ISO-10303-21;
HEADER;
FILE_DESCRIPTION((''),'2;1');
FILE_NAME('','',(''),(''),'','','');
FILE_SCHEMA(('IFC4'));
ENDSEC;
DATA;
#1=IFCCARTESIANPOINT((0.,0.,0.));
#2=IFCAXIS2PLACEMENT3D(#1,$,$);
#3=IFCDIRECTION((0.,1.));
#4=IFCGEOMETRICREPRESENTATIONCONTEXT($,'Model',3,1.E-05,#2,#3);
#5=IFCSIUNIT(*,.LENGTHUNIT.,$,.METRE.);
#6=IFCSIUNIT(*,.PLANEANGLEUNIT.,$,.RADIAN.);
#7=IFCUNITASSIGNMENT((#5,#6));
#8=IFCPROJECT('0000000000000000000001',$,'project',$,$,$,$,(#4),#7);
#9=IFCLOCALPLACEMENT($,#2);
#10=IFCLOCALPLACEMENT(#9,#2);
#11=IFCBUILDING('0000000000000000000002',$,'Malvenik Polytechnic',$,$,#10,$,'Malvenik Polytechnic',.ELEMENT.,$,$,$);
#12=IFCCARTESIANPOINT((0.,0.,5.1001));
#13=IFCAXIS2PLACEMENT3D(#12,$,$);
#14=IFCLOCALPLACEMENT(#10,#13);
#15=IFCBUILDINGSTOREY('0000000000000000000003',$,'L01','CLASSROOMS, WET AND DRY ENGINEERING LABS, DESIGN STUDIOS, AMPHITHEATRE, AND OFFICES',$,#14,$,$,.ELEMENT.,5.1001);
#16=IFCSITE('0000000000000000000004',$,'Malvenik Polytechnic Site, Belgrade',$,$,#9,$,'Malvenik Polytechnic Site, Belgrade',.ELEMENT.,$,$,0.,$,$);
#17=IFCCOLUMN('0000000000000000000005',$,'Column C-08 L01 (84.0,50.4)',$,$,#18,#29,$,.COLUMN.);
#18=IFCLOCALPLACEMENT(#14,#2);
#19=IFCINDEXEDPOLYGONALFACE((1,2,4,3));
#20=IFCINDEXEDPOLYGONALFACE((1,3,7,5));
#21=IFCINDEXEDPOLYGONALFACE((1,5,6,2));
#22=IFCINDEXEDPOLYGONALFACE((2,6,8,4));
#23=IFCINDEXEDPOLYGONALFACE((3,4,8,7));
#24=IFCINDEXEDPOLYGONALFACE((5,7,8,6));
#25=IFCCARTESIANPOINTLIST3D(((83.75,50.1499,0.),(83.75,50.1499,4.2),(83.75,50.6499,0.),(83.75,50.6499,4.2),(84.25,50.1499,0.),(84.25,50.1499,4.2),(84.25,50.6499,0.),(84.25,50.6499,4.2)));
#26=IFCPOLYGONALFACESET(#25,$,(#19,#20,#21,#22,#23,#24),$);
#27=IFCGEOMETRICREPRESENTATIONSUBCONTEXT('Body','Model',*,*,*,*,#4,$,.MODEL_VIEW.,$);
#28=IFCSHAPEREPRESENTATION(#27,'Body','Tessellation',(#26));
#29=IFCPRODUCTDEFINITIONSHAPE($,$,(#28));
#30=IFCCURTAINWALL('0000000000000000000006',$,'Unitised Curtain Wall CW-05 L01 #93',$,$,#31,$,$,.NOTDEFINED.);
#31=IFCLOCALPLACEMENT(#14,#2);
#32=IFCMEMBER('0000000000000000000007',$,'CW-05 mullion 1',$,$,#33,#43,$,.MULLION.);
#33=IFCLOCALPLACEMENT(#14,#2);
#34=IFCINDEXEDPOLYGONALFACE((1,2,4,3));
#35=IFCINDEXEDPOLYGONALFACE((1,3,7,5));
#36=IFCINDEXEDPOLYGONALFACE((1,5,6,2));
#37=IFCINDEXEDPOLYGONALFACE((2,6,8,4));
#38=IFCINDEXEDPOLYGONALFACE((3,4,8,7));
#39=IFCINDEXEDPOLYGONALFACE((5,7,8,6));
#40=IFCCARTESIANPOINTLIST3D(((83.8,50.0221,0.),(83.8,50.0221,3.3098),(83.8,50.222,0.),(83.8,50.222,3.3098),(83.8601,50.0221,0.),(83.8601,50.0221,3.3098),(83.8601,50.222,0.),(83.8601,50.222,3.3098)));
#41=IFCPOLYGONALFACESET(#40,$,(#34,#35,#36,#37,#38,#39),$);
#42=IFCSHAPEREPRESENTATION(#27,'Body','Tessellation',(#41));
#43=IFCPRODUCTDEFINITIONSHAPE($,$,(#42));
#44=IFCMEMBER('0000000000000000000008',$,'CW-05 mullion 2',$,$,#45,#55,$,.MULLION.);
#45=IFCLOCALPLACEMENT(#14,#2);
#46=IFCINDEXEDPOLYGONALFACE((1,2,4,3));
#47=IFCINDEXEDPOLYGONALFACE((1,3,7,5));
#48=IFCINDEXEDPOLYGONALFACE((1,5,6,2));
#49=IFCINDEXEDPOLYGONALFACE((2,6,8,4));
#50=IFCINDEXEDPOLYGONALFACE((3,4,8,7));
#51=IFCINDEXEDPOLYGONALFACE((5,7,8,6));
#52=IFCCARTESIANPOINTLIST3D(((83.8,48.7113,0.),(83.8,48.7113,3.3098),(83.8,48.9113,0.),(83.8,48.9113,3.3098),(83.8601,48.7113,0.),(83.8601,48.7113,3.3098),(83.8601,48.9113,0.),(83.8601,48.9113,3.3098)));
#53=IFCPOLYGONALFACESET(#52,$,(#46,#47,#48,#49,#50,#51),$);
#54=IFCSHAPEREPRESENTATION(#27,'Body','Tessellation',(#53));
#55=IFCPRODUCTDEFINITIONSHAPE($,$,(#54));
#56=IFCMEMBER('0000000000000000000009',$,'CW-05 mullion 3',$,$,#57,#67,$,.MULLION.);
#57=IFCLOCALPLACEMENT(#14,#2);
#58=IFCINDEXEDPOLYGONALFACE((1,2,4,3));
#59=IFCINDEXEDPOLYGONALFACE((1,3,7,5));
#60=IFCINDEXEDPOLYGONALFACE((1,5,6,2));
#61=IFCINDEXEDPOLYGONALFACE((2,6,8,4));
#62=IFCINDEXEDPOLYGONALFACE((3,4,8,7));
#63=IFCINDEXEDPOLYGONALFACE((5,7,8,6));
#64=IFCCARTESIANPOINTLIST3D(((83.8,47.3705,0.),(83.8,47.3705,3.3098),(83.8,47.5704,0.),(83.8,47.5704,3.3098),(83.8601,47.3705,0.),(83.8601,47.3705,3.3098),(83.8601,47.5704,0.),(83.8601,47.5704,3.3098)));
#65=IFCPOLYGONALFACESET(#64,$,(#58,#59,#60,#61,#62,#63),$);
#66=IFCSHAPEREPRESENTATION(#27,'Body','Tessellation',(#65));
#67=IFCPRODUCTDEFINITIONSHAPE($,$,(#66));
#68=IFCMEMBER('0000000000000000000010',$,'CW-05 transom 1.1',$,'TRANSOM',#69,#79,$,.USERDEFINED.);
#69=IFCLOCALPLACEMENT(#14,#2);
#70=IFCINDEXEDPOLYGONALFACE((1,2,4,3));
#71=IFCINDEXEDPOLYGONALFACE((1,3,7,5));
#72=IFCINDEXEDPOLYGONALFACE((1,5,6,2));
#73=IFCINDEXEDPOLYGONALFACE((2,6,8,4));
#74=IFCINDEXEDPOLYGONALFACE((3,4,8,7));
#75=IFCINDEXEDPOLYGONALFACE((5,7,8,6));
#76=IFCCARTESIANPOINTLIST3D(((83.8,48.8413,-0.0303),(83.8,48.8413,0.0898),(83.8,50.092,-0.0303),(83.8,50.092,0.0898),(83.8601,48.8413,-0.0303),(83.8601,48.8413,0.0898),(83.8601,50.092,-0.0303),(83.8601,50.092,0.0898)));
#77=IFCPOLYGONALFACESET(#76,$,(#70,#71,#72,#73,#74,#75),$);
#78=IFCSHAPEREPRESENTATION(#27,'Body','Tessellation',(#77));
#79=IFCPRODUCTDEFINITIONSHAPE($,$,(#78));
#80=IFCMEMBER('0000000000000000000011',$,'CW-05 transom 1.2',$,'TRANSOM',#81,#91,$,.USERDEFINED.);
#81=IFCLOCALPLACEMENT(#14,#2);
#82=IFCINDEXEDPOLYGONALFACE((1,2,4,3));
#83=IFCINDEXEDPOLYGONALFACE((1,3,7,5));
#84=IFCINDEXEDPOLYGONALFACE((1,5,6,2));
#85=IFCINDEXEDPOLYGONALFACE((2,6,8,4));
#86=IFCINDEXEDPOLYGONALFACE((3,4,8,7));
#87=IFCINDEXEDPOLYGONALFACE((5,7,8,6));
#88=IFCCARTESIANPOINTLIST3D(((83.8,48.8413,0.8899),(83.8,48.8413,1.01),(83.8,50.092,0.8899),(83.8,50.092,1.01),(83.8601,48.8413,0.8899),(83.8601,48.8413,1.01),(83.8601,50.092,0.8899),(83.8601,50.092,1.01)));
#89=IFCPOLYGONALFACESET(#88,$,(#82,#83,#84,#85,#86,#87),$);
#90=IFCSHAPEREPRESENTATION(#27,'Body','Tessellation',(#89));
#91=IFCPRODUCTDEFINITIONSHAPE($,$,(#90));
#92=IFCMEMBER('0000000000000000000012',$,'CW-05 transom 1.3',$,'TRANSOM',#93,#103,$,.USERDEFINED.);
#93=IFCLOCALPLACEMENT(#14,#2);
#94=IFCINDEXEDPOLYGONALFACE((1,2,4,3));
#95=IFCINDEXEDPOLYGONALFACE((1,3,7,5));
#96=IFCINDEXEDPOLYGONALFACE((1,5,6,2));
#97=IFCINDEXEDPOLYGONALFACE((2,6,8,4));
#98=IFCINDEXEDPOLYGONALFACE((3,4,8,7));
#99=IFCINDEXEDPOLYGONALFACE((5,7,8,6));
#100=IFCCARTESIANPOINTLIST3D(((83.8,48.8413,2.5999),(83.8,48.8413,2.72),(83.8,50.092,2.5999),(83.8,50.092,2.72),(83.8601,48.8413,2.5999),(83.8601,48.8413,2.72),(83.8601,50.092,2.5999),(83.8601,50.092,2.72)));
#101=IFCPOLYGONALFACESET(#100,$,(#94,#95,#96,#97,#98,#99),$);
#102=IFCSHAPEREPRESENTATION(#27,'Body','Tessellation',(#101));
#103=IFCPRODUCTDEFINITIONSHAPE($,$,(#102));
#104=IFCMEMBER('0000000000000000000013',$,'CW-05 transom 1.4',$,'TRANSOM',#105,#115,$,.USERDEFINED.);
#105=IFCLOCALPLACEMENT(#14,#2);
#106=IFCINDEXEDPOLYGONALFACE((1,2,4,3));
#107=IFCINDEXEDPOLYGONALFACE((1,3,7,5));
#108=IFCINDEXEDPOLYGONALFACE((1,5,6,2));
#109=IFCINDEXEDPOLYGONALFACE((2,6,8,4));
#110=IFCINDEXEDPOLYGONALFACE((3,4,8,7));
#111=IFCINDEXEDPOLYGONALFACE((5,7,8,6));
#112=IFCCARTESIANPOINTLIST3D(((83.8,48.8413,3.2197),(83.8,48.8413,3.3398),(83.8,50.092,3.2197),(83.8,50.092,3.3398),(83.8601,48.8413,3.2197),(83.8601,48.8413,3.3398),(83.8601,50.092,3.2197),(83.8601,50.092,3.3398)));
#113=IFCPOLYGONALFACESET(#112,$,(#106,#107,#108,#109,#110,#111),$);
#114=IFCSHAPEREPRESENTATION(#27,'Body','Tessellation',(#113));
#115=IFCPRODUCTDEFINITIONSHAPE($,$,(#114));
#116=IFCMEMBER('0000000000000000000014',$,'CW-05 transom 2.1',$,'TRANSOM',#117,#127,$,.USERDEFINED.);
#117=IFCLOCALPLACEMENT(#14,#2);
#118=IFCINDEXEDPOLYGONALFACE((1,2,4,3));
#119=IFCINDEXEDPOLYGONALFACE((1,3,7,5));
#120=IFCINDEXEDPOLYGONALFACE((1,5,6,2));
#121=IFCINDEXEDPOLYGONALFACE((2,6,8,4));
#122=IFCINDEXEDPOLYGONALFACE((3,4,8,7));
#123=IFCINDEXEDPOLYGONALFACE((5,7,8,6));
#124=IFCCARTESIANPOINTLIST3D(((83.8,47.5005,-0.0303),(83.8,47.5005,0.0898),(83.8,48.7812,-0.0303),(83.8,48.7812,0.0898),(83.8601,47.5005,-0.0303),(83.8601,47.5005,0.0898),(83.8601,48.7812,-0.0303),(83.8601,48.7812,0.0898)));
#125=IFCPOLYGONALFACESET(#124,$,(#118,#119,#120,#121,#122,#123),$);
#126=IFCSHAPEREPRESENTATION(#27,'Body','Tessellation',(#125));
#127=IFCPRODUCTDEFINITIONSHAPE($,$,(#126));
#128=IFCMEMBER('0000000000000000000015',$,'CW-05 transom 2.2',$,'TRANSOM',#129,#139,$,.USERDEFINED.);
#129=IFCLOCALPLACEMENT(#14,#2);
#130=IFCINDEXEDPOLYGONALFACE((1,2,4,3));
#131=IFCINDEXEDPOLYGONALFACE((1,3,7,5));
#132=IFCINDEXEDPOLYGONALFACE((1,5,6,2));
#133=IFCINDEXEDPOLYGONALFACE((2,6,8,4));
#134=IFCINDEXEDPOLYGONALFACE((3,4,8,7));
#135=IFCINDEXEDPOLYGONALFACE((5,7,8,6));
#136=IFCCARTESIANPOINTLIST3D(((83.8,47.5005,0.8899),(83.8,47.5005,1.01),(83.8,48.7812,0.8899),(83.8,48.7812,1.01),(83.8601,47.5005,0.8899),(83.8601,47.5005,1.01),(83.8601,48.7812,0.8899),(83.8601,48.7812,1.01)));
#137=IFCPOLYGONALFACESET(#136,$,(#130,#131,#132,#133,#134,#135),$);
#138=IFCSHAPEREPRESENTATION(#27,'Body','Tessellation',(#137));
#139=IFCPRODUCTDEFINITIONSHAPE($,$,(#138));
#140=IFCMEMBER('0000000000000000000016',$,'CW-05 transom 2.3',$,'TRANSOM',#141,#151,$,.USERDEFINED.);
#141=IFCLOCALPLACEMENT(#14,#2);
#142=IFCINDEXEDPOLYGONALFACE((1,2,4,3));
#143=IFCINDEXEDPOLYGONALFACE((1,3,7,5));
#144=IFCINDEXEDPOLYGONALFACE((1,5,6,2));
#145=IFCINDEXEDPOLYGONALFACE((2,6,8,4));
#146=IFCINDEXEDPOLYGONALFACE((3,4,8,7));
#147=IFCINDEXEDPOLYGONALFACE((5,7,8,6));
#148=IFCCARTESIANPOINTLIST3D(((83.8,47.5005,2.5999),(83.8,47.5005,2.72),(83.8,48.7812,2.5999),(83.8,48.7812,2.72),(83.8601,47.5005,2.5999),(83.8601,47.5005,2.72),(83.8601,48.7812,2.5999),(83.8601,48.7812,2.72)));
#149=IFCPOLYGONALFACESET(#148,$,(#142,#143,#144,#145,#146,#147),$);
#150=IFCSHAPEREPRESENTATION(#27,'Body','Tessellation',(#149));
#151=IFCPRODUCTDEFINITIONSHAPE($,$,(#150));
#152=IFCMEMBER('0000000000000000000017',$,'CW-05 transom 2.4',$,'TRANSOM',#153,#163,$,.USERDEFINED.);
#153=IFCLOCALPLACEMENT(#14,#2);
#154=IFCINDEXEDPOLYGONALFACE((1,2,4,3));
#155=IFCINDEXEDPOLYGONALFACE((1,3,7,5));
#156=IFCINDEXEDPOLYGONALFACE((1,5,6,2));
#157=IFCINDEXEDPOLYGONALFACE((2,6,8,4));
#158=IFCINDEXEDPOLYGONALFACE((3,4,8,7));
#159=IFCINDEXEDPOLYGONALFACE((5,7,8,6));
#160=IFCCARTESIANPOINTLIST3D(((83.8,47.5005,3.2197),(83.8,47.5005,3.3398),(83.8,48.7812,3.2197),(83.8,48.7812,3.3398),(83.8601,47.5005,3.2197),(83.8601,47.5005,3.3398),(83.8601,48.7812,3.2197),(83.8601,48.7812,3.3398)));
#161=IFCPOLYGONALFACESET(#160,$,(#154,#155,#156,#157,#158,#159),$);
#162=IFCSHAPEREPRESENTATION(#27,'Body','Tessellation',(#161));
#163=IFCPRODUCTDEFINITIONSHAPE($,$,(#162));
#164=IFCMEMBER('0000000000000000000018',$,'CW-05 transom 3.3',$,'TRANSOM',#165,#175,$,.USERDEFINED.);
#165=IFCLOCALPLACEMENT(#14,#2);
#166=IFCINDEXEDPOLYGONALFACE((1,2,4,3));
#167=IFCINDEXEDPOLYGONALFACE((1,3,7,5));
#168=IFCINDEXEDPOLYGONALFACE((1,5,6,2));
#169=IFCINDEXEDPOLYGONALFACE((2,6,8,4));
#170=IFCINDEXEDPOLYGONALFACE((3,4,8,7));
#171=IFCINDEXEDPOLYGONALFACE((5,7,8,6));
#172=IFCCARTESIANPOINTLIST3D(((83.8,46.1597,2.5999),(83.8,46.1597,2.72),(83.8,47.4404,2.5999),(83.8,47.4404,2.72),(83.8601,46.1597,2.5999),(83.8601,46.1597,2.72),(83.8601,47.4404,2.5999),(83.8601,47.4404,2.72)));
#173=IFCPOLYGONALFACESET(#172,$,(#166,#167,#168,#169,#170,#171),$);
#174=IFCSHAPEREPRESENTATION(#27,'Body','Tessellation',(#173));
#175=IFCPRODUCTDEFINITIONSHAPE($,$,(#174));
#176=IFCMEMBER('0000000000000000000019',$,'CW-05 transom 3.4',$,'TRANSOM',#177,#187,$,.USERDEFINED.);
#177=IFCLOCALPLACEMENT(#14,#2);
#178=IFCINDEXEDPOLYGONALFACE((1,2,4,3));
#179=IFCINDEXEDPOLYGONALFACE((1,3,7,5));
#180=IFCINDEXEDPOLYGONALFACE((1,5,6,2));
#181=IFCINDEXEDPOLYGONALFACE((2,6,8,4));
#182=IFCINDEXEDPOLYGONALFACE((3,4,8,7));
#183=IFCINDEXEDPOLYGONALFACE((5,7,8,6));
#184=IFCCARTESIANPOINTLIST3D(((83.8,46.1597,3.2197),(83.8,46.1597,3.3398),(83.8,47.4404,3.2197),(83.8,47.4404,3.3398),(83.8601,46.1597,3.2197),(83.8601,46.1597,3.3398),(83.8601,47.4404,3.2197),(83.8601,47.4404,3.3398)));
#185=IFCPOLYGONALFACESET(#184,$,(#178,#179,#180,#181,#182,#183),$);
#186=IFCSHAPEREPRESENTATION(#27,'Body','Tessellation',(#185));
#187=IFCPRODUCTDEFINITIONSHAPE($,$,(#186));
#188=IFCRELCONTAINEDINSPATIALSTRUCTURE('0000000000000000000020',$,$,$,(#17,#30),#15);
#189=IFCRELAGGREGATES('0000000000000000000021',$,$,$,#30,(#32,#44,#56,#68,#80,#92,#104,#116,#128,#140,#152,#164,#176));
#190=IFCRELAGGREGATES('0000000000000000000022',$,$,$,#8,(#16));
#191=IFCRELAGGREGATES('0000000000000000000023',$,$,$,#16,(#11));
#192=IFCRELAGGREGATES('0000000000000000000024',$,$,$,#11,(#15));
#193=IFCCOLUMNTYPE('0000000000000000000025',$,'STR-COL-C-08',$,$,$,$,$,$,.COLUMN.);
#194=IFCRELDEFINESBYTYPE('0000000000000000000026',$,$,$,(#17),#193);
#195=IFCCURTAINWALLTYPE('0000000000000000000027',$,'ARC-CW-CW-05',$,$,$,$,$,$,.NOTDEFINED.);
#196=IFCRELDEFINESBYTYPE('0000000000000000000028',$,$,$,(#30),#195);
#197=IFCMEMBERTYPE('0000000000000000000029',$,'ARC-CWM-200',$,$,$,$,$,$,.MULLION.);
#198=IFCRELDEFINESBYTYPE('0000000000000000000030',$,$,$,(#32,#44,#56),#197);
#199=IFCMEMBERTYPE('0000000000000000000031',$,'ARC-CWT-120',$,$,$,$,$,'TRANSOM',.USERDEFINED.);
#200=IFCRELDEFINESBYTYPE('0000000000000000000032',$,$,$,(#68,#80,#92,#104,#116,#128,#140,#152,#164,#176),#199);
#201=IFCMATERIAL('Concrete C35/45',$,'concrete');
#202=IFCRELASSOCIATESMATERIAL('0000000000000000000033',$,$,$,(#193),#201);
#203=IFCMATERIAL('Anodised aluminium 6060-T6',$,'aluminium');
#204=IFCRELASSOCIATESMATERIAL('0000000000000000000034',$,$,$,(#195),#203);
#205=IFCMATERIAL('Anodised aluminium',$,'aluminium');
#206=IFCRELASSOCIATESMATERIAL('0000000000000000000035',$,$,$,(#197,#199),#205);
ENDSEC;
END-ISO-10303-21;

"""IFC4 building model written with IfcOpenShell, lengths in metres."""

from ifc_helpers import new_model, si_unit, direction, frame, origin, origin_2d, place, context, subcontext, project, spatial, rectangle, extrude, material, material_profile, profile_set, type_object, element, aggregate, save


model = new_model("IFC4")

# Units and contexts
model_context = context("Model", 3, precision=1e-05, world=origin(), true_north=direction((0.0, 1.0)))
body_context = subcontext(model_context, "Body", "Model", "MODEL_VIEW")
ifc_project = project(units=[si_unit("LENGTHUNIT", "METRE"), si_unit("PLANEANGLEUNIT", "RADIAN")], contexts=[model_context])

# Site, building, storey
site_placement = place(None, origin())
site = spatial("IfcSite", under=ifc_project, at=site_placement, Name="Malvenik Polytechnic Site, Belgrade", LongName="Malvenik Polytechnic Site, Belgrade", CompositionType="ELEMENT", RefElevation=0.0)
building_placement = place(site_placement, origin())
building = spatial("IfcBuilding", under=site, at=building_placement, Name="Malvenik Polytechnic", LongName="Malvenik Polytechnic", CompositionType="ELEMENT")
storey_placement = place(building_placement, frame((0.0, 0.0, 5.1001)))
storey = spatial("IfcBuildingStorey", under=building, at=storey_placement, Name="L01", Description="CLASSROOMS, WET AND DRY ENGINEERING LABS, DESIGN STUDIOS, AMPHITHEATRE, AND OFFICES", CompositionType="ELEMENT", Elevation=5.1001)

# Column
ifc_material_1 = material(Name="Concrete C35/45", Category="concrete")
ifc_material_profile_1 = material_profile(ifc_material_1, rectangle(XDim=0.5, YDim=0.5, at=origin_2d()), Name="RC COL 500x500")
ifc_profile_set_1 = profile_set([ifc_material_profile_1], Name="Concrete C35/45")
column_type = type_object("IfcColumnType", Name="STR-COL-C-08", PredefinedType="COLUMN", material=ifc_profile_set_1)
column_placement = place(storey_placement, frame((84.0, 50.3999, 0.0), z_axis=(0.0, 0.0, 1.0), x_axis=(1.0, 0.0, 0.0)))
element("IfcColumn", 1, at=column_placement, inside=storey, type_object=column_type, Name="Column C-08 L01 (84.0,50.4)", PredefinedType="COLUMN", context=body_context, shape_type="SweptSolid", body=[
    extrude(rectangle(XDim=0.5, YDim=0.5, at=origin_2d()), origin(), (0.0, 0.0, 1.0), 4.2),
])

# Curtain wall, members
ifc_material_2 = material(Name="Anodised aluminium 6060-T6", Category="aluminium")
curtain_wall_type = type_object("IfcCurtainWallType", Name="ARC-CW-CW-05", PredefinedType="NOTDEFINED", material=ifc_material_2)
curtain_wall_placement = place(storey_placement, origin())
curtain_wall = element("IfcCurtainWall", 2, at=curtain_wall_placement, inside=storey, type_object=curtain_wall_type, Name="Unitised Curtain Wall CW-05 L01 #93", PredefinedType="NOTDEFINED")
ifc_material_3 = material(Name="Anodised aluminium", Category="aluminium")
ifc_material_profile_2 = material_profile(ifc_material_3, rectangle(XDim=0.0601, YDim=0.2, at=origin_2d()), Name="ALU MULLION 60x200")
ifc_profile_set_2 = profile_set([ifc_material_profile_2], Name="Anodised aluminium")
member_type_1 = type_object("IfcMemberType", Name="ARC-CWM-200", PredefinedType="MULLION", material=ifc_profile_set_2)
member_1_placement = place(storey_placement, frame((83.8301, 50.1221, 0.0), z_axis=(0.0, 0.0, 1.0), x_axis=(1.0, 0.0, 0.0)))
member_1 = element("IfcMember", 3, at=member_1_placement, type_object=member_type_1, Name="CW-05 mullion 1", PredefinedType="MULLION", context=body_context, shape_type="SweptSolid", body=[
    extrude(rectangle(XDim=0.0601, YDim=0.2, at=origin_2d()), origin(), (0.0, 0.0, 1.0), 3.3098),
])
member_2_placement = place(storey_placement, frame((83.8301, 48.8113, 0.0), z_axis=(0.0, 0.0, 1.0), x_axis=(1.0, 0.0, 0.0)))
member_2 = element("IfcMember", 4, at=member_2_placement, type_object=member_type_1, Name="CW-05 mullion 2", PredefinedType="MULLION", context=body_context, shape_type="SweptSolid", body=[
    extrude(rectangle(XDim=0.0601, YDim=0.2, at=origin_2d()), origin(), (0.0, 0.0, 1.0), 3.3098),
])
member_3_placement = place(storey_placement, frame((83.8301, 47.4705, 0.0), z_axis=(0.0, 0.0, 1.0), x_axis=(1.0, 0.0, 0.0)))
member_3 = element("IfcMember", 5, at=member_3_placement, type_object=member_type_1, Name="CW-05 mullion 3", PredefinedType="MULLION", context=body_context, shape_type="SweptSolid", body=[
    extrude(rectangle(XDim=0.0601, YDim=0.2, at=origin_2d()), origin(), (0.0, 0.0, 1.0), 3.3098),
])
ifc_material_profile_3 = material_profile(ifc_material_3, rectangle(XDim=0.0601, YDim=0.1201, at=origin_2d()), Name="ALU TRANSOM 60x120")
ifc_profile_set_3 = profile_set([ifc_material_profile_3], Name="Anodised aluminium")
member_type_2 = type_object("IfcMemberType", Name="ARC-CWT-120", ElementType="TRANSOM", PredefinedType="USERDEFINED", material=ifc_profile_set_3)
member_4_placement = place(storey_placement, frame((83.8301, 50.092, 0.0298), z_axis=(0.0, -1.0, 0.0), x_axis=(1.0, 0.0, 0.0)))
member_4 = element("IfcMember", 6, at=member_4_placement, type_object=member_type_2, Name="CW-05 transom 1.1", ObjectType="TRANSOM", PredefinedType="USERDEFINED", context=body_context, shape_type="SweptSolid", body=[
    extrude(rectangle(XDim=0.0601, YDim=0.1201, at=origin_2d()), origin(), (0.0, 0.0, 1.0), 1.2507),
])
member_5_placement = place(storey_placement, frame((83.8301, 50.092, 0.95), z_axis=(0.0, -1.0, 0.0), x_axis=(1.0, 0.0, 0.0)))
member_5 = element("IfcMember", 7, at=member_5_placement, type_object=member_type_2, Name="CW-05 transom 1.2", ObjectType="TRANSOM", PredefinedType="USERDEFINED", context=body_context, shape_type="SweptSolid", body=[
    extrude(rectangle(XDim=0.0601, YDim=0.1201, at=origin_2d()), origin(), (0.0, 0.0, 1.0), 1.2507),
])
member_6_placement = place(storey_placement, frame((83.8301, 50.092, 2.6599), z_axis=(0.0, -1.0, 0.0), x_axis=(1.0, 0.0, 0.0)))
member_6 = element("IfcMember", 8, at=member_6_placement, type_object=member_type_2, Name="CW-05 transom 1.3", ObjectType="TRANSOM", PredefinedType="USERDEFINED", context=body_context, shape_type="SweptSolid", body=[
    extrude(rectangle(XDim=0.0601, YDim=0.1201, at=origin_2d()), origin(), (0.0, 0.0, 1.0), 1.2507),
])
member_7_placement = place(storey_placement, frame((83.8301, 50.092, 3.2798), z_axis=(0.0, -1.0, 0.0), x_axis=(1.0, 0.0, 0.0)))
member_7 = element("IfcMember", 9, at=member_7_placement, type_object=member_type_2, Name="CW-05 transom 1.4", ObjectType="TRANSOM", PredefinedType="USERDEFINED", context=body_context, shape_type="SweptSolid", body=[
    extrude(rectangle(XDim=0.0601, YDim=0.1201, at=origin_2d()), origin(), (0.0, 0.0, 1.0), 1.2507),
])
member_8_placement = place(storey_placement, frame((83.8301, 48.7812, 0.0298), z_axis=(0.0, -1.0, 0.0), x_axis=(1.0, 0.0, 0.0)))
member_8 = element("IfcMember", 10, at=member_8_placement, type_object=member_type_2, Name="CW-05 transom 2.1", ObjectType="TRANSOM", PredefinedType="USERDEFINED", context=body_context, shape_type="SweptSolid", body=[
    extrude(rectangle(XDim=0.0601, YDim=0.1201, at=origin_2d()), origin(), (0.0, 0.0, 1.0), 1.2808),
])
member_9_placement = place(storey_placement, frame((83.8301, 48.7812, 0.95), z_axis=(0.0, -1.0, 0.0), x_axis=(1.0, 0.0, 0.0)))
member_9 = element("IfcMember", 11, at=member_9_placement, type_object=member_type_2, Name="CW-05 transom 2.2", ObjectType="TRANSOM", PredefinedType="USERDEFINED", context=body_context, shape_type="SweptSolid", body=[
    extrude(rectangle(XDim=0.0601, YDim=0.1201, at=origin_2d()), origin(), (0.0, 0.0, 1.0), 1.2808),
])
member_10_placement = place(storey_placement, frame((83.8301, 48.7812, 2.6599), z_axis=(0.0, -1.0, 0.0), x_axis=(1.0, 0.0, 0.0)))
member_10 = element("IfcMember", 12, at=member_10_placement, type_object=member_type_2, Name="CW-05 transom 2.3", ObjectType="TRANSOM", PredefinedType="USERDEFINED", context=body_context, shape_type="SweptSolid", body=[
    extrude(rectangle(XDim=0.0601, YDim=0.1201, at=origin_2d()), origin(), (0.0, 0.0, 1.0), 1.2808),
])
member_11_placement = place(storey_placement, frame((83.8301, 48.7812, 3.2798), z_axis=(0.0, -1.0, 0.0), x_axis=(1.0, 0.0, 0.0)))
member_11 = element("IfcMember", 13, at=member_11_placement, type_object=member_type_2, Name="CW-05 transom 2.4", ObjectType="TRANSOM", PredefinedType="USERDEFINED", context=body_context, shape_type="SweptSolid", body=[
    extrude(rectangle(XDim=0.0601, YDim=0.1201, at=origin_2d()), origin(), (0.0, 0.0, 1.0), 1.2808),
])
member_12_placement = place(storey_placement, frame((83.8301, 47.4404, 2.6599), z_axis=(0.0, -1.0, 0.0), x_axis=(1.0, 0.0, 0.0)))
member_12 = element("IfcMember", 14, at=member_12_placement, type_object=member_type_2, Name="CW-05 transom 3.3", ObjectType="TRANSOM", PredefinedType="USERDEFINED", context=body_context, shape_type="SweptSolid", body=[
    extrude(rectangle(XDim=0.0601, YDim=0.1201, at=origin_2d()), origin(), (0.0, 0.0, 1.0), 1.2808),
])
member_13_placement = place(storey_placement, frame((83.8301, 47.4404, 3.2798), z_axis=(0.0, -1.0, 0.0), x_axis=(1.0, 0.0, 0.0)))
member_13 = element("IfcMember", 15, at=member_13_placement, type_object=member_type_2, Name="CW-05 transom 3.4", ObjectType="TRANSOM", PredefinedType="USERDEFINED", context=body_context, shape_type="SweptSolid", body=[
    extrude(rectangle(XDim=0.0601, YDim=0.1201, at=origin_2d()), origin(), (0.0, 0.0, 1.0), 1.2808),
])

aggregate(curtain_wall, [member_1, member_2, member_3, member_4, member_5, member_6, member_7, member_8, member_9, member_10, member_11, member_12, member_13])

save(model, "model.ifc")
